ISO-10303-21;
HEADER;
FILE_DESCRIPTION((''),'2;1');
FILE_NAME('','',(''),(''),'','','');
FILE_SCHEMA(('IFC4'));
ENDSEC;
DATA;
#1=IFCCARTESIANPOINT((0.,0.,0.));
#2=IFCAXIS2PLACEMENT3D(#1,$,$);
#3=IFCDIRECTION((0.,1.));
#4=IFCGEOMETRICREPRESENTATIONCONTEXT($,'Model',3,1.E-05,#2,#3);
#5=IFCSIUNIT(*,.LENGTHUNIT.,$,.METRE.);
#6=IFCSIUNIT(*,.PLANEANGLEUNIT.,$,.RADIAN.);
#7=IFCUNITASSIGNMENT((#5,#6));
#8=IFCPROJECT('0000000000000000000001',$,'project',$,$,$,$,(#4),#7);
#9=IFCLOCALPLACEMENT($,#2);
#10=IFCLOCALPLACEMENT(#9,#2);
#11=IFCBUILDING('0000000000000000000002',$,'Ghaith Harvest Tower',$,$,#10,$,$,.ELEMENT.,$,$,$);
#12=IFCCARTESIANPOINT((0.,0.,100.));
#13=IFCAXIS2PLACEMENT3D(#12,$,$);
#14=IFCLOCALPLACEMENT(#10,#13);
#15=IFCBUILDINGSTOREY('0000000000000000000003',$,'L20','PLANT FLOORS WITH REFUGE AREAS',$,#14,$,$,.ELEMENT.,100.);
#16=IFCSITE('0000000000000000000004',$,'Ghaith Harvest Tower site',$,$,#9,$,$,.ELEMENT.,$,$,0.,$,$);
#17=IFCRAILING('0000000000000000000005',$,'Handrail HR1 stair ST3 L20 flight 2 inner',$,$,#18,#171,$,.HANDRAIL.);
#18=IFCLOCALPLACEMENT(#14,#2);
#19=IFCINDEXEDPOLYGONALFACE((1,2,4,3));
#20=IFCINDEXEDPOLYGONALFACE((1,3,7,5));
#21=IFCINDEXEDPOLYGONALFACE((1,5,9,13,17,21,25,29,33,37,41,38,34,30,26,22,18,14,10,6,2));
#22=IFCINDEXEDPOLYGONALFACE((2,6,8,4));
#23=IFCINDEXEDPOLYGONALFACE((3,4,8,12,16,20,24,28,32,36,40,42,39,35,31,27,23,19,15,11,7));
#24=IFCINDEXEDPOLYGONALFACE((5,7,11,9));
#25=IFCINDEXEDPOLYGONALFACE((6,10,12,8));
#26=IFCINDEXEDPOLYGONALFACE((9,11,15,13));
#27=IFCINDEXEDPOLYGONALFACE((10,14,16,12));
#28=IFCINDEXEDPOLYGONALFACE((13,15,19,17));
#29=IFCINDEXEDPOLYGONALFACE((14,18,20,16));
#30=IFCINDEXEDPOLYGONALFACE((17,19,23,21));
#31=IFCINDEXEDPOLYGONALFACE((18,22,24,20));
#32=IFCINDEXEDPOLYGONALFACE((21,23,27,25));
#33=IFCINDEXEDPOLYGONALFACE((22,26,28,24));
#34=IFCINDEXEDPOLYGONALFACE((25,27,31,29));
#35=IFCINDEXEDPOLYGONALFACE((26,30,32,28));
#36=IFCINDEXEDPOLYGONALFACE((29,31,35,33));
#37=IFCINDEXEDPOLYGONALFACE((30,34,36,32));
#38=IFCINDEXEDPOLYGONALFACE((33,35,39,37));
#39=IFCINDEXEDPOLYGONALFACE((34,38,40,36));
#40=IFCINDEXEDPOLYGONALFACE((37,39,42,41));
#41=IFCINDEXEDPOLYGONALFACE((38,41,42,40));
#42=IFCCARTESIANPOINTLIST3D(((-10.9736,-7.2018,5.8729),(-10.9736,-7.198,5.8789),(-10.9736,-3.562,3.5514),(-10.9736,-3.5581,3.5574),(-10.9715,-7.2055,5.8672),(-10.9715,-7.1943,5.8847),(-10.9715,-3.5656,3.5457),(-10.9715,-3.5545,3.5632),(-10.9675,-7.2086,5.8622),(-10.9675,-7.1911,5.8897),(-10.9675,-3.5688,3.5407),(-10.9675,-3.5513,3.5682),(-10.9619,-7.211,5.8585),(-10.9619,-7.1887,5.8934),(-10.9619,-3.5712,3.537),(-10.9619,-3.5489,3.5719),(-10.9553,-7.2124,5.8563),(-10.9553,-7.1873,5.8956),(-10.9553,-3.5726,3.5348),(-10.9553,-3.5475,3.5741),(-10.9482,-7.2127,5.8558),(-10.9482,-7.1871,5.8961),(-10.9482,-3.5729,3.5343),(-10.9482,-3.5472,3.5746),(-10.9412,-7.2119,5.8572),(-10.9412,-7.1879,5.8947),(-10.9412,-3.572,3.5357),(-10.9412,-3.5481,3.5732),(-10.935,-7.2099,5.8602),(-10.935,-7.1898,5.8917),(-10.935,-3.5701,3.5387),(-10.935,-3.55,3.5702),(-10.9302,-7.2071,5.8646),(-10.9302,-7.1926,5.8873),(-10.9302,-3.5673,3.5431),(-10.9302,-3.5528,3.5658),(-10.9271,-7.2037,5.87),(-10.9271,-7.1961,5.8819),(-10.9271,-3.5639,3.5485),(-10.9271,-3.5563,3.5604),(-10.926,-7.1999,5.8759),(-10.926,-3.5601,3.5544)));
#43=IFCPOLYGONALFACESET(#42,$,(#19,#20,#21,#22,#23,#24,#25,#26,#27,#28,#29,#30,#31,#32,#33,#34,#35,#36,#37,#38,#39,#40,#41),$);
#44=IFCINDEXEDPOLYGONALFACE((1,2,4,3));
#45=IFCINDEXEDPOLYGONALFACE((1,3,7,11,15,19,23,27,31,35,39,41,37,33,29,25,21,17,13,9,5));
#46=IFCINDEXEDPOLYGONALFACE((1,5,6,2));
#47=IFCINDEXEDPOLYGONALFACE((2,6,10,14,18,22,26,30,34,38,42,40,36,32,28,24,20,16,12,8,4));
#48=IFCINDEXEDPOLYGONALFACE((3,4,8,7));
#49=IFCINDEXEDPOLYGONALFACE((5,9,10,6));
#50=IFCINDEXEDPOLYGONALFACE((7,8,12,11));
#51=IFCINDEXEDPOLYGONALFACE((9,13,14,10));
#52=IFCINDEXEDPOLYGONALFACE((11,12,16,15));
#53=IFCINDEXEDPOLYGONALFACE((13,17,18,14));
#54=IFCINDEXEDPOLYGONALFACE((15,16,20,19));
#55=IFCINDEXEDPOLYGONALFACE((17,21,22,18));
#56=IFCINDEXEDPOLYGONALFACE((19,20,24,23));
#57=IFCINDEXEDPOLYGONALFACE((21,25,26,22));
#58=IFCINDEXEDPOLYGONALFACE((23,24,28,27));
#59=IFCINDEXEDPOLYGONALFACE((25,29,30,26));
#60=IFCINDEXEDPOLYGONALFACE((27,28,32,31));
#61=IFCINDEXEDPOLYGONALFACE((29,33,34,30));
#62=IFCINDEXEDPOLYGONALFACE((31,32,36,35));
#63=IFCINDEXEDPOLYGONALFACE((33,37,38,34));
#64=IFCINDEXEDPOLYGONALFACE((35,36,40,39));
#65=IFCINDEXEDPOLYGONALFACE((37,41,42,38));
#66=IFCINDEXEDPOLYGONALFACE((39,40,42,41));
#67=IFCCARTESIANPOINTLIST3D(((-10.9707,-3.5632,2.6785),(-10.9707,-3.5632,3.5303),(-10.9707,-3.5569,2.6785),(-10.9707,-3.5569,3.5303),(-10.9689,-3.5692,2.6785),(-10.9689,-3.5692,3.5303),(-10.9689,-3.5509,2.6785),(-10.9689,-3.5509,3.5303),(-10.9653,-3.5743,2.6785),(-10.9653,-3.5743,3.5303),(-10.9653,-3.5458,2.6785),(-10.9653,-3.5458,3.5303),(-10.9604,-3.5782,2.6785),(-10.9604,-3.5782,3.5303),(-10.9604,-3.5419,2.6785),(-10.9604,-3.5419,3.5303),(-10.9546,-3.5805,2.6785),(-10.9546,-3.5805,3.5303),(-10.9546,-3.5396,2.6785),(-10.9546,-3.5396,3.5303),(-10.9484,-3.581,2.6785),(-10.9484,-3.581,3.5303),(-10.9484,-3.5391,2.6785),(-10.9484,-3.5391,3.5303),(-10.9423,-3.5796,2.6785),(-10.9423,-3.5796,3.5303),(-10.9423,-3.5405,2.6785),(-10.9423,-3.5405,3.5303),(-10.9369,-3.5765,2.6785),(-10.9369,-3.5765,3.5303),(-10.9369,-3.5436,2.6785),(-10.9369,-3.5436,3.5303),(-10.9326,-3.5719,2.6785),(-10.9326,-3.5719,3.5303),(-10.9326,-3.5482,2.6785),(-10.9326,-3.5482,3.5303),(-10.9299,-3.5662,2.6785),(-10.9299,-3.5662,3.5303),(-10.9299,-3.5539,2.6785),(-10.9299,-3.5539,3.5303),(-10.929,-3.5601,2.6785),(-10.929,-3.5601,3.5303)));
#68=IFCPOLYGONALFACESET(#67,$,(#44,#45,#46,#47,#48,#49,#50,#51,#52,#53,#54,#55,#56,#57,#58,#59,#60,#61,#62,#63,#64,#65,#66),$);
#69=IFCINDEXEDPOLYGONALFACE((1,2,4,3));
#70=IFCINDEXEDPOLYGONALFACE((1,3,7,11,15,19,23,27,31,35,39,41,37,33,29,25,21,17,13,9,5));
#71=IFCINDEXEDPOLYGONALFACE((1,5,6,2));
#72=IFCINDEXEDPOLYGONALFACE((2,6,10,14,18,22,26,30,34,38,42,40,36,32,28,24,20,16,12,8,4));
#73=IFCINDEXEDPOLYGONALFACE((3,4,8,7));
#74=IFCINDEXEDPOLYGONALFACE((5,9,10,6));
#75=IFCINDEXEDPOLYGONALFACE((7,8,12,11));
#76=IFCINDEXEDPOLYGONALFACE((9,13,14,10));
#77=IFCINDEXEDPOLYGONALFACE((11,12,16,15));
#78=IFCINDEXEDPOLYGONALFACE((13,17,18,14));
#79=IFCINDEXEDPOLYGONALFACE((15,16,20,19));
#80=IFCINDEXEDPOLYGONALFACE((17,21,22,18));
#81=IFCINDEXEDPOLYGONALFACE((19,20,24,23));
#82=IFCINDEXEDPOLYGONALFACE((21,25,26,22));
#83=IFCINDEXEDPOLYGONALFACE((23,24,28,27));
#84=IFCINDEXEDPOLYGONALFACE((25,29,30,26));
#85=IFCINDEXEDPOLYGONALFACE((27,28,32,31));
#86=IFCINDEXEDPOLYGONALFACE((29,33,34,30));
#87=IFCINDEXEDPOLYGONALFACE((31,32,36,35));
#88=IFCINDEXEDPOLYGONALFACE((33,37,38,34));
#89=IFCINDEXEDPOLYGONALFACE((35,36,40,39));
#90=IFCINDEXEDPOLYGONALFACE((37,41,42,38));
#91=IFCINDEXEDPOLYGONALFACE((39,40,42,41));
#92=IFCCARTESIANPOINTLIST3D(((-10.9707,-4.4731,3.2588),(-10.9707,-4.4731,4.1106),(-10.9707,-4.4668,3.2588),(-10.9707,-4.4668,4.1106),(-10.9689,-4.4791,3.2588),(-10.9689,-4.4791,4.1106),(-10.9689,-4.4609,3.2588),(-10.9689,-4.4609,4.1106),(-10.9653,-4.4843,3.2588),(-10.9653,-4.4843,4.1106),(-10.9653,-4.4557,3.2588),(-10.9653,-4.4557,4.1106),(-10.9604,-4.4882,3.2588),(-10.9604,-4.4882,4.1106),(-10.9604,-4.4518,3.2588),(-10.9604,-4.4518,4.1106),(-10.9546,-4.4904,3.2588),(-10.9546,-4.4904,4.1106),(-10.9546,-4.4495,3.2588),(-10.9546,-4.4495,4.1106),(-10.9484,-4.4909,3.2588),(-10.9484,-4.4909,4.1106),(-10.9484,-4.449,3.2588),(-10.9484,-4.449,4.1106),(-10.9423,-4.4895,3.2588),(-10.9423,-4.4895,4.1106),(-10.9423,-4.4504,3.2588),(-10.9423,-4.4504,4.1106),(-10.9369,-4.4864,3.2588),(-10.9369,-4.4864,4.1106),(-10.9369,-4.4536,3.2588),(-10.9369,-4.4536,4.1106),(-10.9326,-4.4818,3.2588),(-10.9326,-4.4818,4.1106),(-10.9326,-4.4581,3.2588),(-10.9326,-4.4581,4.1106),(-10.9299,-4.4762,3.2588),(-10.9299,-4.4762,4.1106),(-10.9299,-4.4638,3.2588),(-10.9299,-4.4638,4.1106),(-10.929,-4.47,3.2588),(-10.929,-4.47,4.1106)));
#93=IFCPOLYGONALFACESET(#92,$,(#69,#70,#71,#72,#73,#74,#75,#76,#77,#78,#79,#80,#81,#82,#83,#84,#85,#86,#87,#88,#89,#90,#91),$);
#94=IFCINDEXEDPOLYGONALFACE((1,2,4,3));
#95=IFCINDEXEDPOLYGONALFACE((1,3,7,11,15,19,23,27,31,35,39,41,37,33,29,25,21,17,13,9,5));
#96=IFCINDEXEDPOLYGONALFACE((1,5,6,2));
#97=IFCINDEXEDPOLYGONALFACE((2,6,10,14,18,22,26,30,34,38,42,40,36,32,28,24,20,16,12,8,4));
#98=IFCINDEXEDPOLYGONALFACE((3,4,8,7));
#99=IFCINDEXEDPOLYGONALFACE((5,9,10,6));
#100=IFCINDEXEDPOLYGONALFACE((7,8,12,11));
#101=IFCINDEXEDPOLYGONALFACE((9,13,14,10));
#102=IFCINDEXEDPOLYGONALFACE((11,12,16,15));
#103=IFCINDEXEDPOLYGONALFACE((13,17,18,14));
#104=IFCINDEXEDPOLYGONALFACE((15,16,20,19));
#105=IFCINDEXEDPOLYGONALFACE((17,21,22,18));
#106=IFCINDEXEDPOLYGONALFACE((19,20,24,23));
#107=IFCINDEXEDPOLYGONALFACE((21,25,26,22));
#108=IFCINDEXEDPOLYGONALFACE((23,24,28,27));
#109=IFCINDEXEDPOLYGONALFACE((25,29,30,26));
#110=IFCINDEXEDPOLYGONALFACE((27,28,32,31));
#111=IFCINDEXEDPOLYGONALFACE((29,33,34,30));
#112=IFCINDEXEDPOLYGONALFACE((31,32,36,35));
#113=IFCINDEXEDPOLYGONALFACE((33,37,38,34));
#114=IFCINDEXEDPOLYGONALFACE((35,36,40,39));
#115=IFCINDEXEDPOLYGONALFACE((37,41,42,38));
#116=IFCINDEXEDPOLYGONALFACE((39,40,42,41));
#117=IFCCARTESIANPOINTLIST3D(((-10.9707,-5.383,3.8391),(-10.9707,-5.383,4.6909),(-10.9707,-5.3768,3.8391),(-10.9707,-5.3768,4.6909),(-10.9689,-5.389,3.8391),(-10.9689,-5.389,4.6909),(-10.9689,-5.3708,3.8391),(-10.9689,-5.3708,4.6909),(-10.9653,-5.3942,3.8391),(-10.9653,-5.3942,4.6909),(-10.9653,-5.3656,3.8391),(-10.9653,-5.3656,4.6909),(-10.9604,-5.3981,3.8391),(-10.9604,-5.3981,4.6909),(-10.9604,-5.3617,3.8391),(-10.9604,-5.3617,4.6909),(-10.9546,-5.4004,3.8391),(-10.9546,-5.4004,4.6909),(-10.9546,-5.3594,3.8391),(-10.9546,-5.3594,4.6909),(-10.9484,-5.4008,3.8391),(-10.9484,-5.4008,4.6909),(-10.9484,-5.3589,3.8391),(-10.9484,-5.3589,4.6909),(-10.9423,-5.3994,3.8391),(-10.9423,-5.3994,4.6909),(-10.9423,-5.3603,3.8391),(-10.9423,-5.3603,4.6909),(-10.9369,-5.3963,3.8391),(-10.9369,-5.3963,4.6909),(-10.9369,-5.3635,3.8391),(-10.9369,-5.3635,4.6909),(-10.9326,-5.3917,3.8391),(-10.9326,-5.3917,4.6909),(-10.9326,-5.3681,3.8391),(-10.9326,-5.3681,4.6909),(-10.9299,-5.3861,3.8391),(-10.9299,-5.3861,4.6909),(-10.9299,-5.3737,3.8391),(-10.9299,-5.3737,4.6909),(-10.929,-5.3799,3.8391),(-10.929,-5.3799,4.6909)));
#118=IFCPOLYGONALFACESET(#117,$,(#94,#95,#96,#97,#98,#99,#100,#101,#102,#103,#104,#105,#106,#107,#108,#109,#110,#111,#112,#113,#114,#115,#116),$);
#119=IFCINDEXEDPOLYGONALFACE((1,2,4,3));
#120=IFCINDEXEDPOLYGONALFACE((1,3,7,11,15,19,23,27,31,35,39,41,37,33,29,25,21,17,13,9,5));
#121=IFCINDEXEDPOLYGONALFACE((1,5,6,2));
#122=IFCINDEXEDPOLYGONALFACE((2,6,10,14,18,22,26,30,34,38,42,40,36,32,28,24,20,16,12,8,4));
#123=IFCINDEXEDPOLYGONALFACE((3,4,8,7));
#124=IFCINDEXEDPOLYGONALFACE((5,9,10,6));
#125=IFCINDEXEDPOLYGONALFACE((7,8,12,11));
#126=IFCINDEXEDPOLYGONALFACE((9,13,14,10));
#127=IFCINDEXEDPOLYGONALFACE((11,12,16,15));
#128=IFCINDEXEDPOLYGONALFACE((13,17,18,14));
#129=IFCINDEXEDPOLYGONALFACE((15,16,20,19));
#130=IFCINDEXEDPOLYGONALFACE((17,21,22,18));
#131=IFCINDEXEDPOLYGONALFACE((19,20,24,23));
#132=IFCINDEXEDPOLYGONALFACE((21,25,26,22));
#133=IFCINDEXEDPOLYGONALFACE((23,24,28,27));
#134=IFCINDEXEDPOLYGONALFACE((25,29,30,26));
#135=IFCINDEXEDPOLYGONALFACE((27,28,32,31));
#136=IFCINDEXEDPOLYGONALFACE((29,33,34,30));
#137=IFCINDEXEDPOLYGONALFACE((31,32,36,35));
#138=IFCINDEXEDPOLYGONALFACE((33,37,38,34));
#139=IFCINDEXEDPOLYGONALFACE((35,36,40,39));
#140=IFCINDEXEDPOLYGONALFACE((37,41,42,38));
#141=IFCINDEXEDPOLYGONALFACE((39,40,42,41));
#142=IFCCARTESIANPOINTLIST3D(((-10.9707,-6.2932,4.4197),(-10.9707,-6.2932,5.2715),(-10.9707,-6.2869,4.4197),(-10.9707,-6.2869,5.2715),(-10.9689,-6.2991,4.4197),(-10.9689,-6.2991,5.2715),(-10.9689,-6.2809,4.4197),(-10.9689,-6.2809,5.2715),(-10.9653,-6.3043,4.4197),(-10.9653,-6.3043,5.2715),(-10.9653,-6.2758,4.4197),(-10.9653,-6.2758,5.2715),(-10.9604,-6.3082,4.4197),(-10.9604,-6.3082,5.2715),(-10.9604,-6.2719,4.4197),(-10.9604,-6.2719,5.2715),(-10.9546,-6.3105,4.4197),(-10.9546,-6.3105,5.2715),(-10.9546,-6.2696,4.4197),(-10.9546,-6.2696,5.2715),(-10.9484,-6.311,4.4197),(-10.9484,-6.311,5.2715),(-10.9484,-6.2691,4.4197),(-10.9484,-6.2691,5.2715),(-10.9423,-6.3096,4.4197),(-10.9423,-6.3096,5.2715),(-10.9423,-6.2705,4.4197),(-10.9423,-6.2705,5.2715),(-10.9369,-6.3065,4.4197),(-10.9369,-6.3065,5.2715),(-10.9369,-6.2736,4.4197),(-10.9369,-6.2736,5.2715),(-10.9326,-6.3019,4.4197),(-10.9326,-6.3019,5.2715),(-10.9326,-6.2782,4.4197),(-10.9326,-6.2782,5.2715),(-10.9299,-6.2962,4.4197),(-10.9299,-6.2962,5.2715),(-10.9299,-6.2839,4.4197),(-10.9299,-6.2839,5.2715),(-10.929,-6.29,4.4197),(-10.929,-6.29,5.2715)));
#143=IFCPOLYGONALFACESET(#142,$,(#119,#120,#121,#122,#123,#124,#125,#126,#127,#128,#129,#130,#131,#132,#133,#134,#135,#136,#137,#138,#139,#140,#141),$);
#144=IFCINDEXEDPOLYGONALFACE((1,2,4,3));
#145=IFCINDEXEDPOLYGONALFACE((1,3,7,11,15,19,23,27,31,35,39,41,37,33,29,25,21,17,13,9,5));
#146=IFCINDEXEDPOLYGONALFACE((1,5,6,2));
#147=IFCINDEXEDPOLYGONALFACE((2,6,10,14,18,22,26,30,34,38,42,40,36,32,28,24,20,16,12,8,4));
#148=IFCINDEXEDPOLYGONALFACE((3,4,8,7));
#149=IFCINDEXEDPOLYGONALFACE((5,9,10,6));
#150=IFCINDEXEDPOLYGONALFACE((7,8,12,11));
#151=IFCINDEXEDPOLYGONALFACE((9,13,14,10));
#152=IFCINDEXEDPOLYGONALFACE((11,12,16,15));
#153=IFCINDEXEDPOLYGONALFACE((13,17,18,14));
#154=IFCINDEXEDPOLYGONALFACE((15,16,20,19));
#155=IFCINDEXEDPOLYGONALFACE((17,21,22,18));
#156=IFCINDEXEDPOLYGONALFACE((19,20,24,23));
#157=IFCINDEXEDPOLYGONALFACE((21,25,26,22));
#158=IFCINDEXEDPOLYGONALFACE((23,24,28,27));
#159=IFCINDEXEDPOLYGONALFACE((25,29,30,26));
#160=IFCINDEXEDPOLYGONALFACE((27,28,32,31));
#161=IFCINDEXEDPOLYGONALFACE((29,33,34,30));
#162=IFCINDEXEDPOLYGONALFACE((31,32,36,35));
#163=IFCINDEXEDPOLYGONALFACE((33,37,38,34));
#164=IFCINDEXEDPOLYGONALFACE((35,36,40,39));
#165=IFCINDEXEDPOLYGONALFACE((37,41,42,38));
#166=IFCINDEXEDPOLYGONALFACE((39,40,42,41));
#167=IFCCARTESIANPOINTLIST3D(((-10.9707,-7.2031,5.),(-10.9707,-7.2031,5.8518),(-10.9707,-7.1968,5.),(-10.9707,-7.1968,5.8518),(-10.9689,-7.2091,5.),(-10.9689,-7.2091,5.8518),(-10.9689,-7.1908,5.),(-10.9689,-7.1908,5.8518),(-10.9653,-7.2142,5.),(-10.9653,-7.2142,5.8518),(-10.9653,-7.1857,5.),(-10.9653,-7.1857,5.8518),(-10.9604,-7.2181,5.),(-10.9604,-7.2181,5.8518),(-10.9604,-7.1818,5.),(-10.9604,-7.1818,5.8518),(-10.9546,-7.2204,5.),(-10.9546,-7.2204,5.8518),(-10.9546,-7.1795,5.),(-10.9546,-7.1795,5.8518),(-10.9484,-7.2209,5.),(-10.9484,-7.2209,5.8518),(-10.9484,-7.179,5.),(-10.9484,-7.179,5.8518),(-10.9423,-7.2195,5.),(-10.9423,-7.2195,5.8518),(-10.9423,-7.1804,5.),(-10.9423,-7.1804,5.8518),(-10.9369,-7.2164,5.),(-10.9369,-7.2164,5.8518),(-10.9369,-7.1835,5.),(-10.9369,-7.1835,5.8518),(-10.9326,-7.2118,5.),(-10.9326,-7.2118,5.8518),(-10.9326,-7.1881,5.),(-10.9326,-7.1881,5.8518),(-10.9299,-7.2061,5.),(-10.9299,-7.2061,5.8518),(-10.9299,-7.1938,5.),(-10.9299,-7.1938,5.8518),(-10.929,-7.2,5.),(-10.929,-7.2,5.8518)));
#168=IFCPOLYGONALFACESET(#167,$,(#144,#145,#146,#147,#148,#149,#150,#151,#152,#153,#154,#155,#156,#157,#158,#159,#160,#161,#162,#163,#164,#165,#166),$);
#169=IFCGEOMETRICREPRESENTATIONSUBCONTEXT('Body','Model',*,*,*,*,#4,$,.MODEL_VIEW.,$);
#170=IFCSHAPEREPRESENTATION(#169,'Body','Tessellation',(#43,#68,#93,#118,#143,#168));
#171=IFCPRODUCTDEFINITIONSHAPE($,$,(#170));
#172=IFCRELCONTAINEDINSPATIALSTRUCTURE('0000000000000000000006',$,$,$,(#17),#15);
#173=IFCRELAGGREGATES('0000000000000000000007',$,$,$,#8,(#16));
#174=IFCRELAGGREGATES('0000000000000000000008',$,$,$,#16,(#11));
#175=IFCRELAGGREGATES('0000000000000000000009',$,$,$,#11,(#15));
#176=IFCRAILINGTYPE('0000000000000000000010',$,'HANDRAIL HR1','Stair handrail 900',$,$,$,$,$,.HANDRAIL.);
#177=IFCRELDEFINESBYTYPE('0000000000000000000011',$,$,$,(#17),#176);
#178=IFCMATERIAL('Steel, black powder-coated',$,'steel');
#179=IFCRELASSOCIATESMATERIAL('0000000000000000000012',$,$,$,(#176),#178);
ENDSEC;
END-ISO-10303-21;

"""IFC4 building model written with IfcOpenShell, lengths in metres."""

from ifc_helpers import new_model, si_unit, direction, frame, origin, origin_2d, place, context, subcontext, project, spatial, circle, extrude, material, type_object, element, save


model = new_model("IFC4")

# Units and contexts
model_context = context("Model", 3, precision=1e-05, world=origin(), true_north=direction((0.0, 1.0)))
body_context = subcontext(model_context, "Body", "Model", "MODEL_VIEW")
ifc_project = project(units=[si_unit("LENGTHUNIT", "METRE"), si_unit("PLANEANGLEUNIT", "RADIAN")], contexts=[model_context])

# Site, building, storey
site_placement = place(None, origin())
site = spatial("IfcSite", under=ifc_project, at=site_placement, Name="Ghaith Harvest Tower site", CompositionType="ELEMENT", RefElevation=0.0)
building_placement = place(site_placement, origin())
building = spatial("IfcBuilding", under=site, at=building_placement, Name="Ghaith Harvest Tower", CompositionType="ELEMENT")
storey_placement = place(building_placement, frame((0.0, 0.0, 100.0)))
storey = spatial("IfcBuildingStorey", under=building, at=storey_placement, Name="L20", Description="PLANT FLOORS WITH REFUGE AREAS", CompositionType="ELEMENT", Elevation=100.0)

# Railing
ifc_material_1 = material(Name="Steel, black powder-coated", Category="steel")
railing_type = type_object("IfcRailingType", Name="HANDRAIL HR1", Description="Stair handrail 900", PredefinedType="HANDRAIL", material=ifc_material_1)
railing_1_placement = place(storey_placement, frame((-10.95, -3.5601, 2.6785)))
element("IfcRailing", 1, at=railing_1_placement, inside=storey, type_object=railing_type, Name="Handrail HR1 stair ST3 L20 flight 2 inner", PredefinedType="HANDRAIL", context=body_context, shape_type="SweptSolid", body=[
    extrude(circle(Radius=0.0239, at=origin_2d()), frame((0.0, 0.0, 0.876), z_axis=(0.0, -0.843112, 0.537739), x_axis=(1.0, 0.0, 0.0)), (0.0, 0.0, 1.0), 4.3171),
    extrude(circle(Radius=0.021, at=origin_2d()), origin(), (0.0, 0.0, 1.0), 0.8518),
    extrude(circle(Radius=0.021, at=origin_2d()), frame((0.0, -0.9099, 0.5803)), (0.0, 0.0, 1.0), 0.8518),
    extrude(circle(Radius=0.021, at=origin_2d()), frame((0.0, -1.8198, 1.1606)), (0.0, 0.0, 1.0), 0.8518),
    extrude(circle(Radius=0.021, at=origin_2d()), frame((0.0, -2.73, 1.7412)), (0.0, 0.0, 1.0), 0.8518),
    extrude(circle(Radius=0.021, at=origin_2d()), frame((0.0, -3.6399, 2.3215)), (0.0, 0.0, 1.0), 0.8518),
])

save(model, "model.ifc")
